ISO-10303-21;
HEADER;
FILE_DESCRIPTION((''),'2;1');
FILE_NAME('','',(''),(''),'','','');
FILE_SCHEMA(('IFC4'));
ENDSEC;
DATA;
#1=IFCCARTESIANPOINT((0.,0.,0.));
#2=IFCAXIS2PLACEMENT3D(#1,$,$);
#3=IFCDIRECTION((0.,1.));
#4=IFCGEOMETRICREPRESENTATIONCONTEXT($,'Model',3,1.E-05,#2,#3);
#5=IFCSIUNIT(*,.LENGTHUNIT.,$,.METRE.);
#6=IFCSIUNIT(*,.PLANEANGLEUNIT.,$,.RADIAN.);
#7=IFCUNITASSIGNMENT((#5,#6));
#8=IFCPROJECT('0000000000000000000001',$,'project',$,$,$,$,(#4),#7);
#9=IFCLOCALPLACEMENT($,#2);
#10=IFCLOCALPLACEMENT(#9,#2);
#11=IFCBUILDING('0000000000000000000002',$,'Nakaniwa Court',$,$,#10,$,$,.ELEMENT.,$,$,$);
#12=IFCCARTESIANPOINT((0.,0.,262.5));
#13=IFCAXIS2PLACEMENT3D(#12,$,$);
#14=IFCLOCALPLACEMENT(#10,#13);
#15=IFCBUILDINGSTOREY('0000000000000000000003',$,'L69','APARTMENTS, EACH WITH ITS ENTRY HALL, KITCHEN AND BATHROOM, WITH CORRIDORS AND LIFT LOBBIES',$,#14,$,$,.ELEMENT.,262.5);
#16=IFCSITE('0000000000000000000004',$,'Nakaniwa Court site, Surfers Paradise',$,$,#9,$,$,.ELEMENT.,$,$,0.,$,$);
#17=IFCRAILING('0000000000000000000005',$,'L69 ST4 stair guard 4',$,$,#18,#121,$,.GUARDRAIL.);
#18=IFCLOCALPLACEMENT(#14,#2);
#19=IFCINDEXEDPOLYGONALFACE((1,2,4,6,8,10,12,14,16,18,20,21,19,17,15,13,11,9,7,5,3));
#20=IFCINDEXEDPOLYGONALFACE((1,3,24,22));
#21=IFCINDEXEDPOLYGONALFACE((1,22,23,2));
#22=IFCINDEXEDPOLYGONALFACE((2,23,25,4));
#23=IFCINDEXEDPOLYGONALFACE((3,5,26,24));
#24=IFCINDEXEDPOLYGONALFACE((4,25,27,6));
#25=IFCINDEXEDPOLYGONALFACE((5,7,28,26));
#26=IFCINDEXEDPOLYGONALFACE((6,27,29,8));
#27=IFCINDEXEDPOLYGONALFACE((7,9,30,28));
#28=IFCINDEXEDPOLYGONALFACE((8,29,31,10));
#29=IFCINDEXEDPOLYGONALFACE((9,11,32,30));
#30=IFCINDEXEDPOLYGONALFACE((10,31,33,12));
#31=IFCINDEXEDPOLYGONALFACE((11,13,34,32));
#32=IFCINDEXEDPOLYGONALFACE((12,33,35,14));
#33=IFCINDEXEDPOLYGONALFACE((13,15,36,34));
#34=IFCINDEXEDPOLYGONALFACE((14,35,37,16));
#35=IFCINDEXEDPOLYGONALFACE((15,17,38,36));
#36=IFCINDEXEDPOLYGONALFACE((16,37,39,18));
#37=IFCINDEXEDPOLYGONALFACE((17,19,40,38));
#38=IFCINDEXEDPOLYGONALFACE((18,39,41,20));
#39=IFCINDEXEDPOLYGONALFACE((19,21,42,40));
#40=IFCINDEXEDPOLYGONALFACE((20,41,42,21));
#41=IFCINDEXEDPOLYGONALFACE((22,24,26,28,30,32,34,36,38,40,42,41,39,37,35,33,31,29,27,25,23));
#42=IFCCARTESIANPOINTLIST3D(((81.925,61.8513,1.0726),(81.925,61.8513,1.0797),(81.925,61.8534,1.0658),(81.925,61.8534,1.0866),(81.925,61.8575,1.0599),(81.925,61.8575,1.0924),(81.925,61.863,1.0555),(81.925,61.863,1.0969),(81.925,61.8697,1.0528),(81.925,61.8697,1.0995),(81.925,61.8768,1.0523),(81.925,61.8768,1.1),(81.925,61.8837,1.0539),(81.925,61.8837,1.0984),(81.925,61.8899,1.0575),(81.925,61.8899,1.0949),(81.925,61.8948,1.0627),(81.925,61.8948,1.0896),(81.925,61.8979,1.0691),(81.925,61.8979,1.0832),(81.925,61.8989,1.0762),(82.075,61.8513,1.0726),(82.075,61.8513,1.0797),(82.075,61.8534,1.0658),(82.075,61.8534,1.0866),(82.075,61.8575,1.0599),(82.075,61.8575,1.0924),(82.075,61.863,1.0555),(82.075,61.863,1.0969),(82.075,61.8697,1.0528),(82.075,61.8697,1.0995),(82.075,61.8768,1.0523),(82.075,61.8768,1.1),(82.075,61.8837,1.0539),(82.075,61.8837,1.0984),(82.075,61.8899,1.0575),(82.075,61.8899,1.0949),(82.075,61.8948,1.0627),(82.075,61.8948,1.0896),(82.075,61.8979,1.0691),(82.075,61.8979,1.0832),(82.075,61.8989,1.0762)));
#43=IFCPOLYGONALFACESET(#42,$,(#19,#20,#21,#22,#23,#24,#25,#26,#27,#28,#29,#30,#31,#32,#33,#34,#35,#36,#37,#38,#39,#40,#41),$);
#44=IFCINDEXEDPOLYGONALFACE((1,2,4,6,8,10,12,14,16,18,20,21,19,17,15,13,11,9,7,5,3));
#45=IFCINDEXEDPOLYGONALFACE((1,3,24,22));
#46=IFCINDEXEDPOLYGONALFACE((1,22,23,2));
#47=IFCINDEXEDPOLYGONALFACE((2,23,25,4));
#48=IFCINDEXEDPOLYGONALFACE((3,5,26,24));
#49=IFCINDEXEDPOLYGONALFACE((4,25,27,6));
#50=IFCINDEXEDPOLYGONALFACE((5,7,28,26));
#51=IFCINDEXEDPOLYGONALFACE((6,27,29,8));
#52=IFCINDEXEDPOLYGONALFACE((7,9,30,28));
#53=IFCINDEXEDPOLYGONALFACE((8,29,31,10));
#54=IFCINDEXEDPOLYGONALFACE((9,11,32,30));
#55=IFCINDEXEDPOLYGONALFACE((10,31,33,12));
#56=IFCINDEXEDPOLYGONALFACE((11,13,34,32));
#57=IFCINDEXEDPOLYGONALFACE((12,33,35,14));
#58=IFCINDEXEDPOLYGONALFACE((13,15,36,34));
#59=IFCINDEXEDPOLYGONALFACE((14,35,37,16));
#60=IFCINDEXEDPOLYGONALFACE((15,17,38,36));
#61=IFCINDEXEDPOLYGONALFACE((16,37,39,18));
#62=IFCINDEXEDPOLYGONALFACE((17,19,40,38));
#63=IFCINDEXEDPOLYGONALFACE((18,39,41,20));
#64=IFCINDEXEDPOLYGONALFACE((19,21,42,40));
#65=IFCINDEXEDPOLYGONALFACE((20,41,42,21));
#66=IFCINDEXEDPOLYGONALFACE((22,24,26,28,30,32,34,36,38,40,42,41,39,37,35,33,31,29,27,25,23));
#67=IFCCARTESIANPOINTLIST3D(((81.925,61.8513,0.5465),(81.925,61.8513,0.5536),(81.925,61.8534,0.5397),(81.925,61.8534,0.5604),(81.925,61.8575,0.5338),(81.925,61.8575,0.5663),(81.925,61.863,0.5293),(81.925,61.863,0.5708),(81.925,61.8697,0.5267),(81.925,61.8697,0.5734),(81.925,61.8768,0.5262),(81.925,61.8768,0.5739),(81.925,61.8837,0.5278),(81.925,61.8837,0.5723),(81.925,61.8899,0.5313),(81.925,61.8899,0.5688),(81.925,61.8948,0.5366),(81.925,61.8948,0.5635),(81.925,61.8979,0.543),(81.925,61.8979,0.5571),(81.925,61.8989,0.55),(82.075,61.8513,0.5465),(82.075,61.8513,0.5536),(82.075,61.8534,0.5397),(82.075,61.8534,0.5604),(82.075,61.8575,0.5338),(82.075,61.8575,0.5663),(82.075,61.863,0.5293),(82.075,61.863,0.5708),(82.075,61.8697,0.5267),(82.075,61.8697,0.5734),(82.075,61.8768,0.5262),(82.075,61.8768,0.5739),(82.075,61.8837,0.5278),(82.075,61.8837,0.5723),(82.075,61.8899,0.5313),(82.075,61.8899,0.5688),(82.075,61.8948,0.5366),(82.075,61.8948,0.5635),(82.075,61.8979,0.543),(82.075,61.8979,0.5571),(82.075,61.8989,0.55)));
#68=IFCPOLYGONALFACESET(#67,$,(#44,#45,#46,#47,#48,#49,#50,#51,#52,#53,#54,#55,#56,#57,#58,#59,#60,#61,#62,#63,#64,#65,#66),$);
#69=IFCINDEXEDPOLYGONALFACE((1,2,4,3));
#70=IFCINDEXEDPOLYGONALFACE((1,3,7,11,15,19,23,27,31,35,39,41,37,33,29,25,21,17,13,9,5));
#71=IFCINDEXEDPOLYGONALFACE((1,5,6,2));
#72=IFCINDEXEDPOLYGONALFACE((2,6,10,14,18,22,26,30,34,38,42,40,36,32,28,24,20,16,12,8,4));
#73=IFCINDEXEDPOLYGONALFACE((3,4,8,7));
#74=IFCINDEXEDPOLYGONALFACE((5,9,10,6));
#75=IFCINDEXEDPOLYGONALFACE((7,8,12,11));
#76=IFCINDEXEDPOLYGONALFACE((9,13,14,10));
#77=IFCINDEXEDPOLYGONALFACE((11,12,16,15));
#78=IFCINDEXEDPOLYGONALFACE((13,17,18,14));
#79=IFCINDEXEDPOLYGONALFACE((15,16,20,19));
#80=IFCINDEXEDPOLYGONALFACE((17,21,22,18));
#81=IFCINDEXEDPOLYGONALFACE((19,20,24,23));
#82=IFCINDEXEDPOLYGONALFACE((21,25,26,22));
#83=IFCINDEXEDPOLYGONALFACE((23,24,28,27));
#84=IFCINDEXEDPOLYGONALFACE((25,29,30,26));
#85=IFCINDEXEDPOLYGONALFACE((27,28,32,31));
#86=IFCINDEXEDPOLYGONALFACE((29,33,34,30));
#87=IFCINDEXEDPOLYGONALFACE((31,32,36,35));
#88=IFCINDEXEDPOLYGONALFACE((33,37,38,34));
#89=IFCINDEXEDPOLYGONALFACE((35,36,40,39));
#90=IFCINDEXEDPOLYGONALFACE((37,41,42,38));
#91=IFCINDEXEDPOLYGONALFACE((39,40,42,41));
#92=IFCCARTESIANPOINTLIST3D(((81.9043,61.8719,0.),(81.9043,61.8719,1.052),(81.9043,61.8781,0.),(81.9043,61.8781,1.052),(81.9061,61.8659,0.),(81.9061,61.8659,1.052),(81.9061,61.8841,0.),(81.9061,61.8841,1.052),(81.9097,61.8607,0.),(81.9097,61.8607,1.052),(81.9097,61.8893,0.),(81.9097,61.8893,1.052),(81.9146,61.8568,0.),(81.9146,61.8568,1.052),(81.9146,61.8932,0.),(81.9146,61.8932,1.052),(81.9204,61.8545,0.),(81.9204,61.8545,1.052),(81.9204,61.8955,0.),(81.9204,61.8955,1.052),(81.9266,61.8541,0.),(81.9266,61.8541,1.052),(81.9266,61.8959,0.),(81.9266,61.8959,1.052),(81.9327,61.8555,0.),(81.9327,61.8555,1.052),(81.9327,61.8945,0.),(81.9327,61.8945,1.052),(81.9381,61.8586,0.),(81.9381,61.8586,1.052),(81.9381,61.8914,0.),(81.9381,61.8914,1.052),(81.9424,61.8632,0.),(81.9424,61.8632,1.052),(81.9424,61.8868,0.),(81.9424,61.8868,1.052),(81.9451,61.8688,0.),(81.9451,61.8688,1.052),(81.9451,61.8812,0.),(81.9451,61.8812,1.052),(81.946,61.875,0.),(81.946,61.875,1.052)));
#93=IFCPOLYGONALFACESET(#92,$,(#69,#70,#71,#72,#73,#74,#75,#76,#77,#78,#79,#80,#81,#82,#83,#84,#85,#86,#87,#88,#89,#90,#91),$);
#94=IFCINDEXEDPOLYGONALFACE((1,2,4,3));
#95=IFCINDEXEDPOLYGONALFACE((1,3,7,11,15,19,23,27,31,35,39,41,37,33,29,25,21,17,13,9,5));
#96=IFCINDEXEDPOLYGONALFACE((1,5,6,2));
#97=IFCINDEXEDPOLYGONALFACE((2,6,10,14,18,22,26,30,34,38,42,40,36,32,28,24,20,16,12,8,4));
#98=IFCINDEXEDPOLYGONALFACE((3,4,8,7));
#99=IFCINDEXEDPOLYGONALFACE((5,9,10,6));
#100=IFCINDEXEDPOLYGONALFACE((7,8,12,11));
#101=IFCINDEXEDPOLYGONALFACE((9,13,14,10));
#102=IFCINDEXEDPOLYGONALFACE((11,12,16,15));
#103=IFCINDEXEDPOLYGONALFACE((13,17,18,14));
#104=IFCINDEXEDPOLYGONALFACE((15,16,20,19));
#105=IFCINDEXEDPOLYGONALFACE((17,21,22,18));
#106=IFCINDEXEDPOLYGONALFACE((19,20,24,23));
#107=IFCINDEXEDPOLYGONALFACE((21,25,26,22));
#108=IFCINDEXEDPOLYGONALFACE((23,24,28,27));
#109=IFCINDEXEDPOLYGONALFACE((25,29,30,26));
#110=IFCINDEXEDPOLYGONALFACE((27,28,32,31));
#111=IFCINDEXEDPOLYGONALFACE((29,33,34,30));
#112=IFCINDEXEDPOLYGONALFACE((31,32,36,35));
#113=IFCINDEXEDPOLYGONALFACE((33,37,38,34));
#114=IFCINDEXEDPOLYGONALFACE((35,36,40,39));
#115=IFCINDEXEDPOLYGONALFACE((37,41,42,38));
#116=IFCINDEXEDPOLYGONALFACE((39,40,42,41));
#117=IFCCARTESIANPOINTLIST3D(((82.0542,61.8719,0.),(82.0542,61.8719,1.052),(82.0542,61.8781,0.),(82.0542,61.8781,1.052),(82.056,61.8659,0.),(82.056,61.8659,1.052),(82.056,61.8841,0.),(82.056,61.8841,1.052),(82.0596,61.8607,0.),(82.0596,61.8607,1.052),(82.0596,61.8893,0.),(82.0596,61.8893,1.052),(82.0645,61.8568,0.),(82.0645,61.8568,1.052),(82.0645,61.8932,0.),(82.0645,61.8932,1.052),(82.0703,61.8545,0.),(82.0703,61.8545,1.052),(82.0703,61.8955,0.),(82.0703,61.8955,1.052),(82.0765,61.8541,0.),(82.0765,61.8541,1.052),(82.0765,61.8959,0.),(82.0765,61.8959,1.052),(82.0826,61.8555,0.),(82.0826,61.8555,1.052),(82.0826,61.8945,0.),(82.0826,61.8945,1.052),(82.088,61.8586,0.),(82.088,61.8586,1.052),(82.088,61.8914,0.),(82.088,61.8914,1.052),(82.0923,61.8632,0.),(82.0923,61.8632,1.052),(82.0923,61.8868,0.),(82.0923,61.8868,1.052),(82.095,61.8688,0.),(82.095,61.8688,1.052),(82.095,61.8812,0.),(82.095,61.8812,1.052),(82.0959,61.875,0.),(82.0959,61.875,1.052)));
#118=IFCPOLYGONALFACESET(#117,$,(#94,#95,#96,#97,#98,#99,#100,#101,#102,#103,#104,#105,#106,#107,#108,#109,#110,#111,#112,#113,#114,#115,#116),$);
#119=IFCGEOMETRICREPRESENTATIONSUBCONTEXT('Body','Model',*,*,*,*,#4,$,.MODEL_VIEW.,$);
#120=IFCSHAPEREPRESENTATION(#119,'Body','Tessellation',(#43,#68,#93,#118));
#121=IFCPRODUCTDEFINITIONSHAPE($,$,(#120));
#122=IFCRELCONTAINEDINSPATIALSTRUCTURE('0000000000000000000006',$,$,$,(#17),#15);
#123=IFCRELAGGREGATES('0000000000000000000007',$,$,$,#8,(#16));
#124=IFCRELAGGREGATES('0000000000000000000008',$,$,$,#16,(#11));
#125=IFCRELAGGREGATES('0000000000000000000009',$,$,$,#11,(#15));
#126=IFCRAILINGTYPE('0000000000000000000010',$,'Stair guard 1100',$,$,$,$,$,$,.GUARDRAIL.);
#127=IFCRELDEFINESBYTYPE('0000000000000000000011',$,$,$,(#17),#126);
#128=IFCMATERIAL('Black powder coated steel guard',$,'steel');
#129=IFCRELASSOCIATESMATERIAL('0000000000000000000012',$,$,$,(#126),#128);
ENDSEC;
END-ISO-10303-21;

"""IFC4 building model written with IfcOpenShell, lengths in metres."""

from ifc_helpers import new_model, si_unit, direction, frame, origin, origin_2d, place, context, subcontext, project, spatial, circle, extrude, material, type_object, element, save


model = new_model("IFC4")

# Units and contexts
model_context = context("Model", 3, precision=1e-05, world=origin(), true_north=direction((0.0, 1.0)))
body_context = subcontext(model_context, "Body", "Model", "MODEL_VIEW")
ifc_project = project(units=[si_unit("LENGTHUNIT", "METRE"), si_unit("PLANEANGLEUNIT", "RADIAN")], contexts=[model_context])

# Site, building, storey
site_placement = place(None, origin())
site = spatial("IfcSite", under=ifc_project, at=site_placement, Name="Nakaniwa Court site, Surfers Paradise", CompositionType="ELEMENT", RefElevation=0.0)
building_placement = place(site_placement, origin())
building = spatial("IfcBuilding", under=site, at=building_placement, Name="Nakaniwa Court", CompositionType="ELEMENT")
storey_placement = place(building_placement, frame((0.0, 0.0, 262.5)))
storey = spatial("IfcBuildingStorey", under=building, at=storey_placement, Name="L69", Description="APARTMENTS, EACH WITH ITS ENTRY HALL, KITCHEN AND BATHROOM, WITH CORRIDORS AND LIFT LOBBIES", CompositionType="ELEMENT", Elevation=262.5)

# Railing
ifc_material_1 = material(Name="Black powder coated steel guard", Category="steel")
railing_type_1 = type_object("IfcRailingType", Name="Stair guard 1100", PredefinedType="GUARDRAIL", material=ifc_material_1)
railing_1_placement = place(storey_placement, frame((81.925, 61.875, 0.0)))
element("IfcRailing", 1, at=railing_1_placement, inside=storey, type_object=railing_type_1, Name="L69 ST4 stair guard 4", PredefinedType="GUARDRAIL", context=body_context, shape_type="SweptSolid", body=[
    extrude(circle(Radius=0.0239, at=origin_2d()), frame((0.0, 0.0, 1.0762), z_axis=(1.0, 0.0, 0.0), x_axis=(0.0, 1.0, 0.0)), (0.0, 0.0, 1.0), 0.1499),
    extrude(circle(Radius=0.0239, at=origin_2d()), frame((0.0, 0.0, 0.55), z_axis=(1.0, 0.0, 0.0), x_axis=(0.0, 1.0, 0.0)), (0.0, 0.0, 1.0), 0.1499),
    extrude(circle(Radius=0.021, at=origin_2d()), origin(), (0.0, 0.0, 1.0), 1.052),
    extrude(circle(Radius=0.021, at=origin_2d()), frame((0.1499, 0.0, 0.0)), (0.0, 0.0, 1.0), 1.052),
])

save(model, "model.ifc")
